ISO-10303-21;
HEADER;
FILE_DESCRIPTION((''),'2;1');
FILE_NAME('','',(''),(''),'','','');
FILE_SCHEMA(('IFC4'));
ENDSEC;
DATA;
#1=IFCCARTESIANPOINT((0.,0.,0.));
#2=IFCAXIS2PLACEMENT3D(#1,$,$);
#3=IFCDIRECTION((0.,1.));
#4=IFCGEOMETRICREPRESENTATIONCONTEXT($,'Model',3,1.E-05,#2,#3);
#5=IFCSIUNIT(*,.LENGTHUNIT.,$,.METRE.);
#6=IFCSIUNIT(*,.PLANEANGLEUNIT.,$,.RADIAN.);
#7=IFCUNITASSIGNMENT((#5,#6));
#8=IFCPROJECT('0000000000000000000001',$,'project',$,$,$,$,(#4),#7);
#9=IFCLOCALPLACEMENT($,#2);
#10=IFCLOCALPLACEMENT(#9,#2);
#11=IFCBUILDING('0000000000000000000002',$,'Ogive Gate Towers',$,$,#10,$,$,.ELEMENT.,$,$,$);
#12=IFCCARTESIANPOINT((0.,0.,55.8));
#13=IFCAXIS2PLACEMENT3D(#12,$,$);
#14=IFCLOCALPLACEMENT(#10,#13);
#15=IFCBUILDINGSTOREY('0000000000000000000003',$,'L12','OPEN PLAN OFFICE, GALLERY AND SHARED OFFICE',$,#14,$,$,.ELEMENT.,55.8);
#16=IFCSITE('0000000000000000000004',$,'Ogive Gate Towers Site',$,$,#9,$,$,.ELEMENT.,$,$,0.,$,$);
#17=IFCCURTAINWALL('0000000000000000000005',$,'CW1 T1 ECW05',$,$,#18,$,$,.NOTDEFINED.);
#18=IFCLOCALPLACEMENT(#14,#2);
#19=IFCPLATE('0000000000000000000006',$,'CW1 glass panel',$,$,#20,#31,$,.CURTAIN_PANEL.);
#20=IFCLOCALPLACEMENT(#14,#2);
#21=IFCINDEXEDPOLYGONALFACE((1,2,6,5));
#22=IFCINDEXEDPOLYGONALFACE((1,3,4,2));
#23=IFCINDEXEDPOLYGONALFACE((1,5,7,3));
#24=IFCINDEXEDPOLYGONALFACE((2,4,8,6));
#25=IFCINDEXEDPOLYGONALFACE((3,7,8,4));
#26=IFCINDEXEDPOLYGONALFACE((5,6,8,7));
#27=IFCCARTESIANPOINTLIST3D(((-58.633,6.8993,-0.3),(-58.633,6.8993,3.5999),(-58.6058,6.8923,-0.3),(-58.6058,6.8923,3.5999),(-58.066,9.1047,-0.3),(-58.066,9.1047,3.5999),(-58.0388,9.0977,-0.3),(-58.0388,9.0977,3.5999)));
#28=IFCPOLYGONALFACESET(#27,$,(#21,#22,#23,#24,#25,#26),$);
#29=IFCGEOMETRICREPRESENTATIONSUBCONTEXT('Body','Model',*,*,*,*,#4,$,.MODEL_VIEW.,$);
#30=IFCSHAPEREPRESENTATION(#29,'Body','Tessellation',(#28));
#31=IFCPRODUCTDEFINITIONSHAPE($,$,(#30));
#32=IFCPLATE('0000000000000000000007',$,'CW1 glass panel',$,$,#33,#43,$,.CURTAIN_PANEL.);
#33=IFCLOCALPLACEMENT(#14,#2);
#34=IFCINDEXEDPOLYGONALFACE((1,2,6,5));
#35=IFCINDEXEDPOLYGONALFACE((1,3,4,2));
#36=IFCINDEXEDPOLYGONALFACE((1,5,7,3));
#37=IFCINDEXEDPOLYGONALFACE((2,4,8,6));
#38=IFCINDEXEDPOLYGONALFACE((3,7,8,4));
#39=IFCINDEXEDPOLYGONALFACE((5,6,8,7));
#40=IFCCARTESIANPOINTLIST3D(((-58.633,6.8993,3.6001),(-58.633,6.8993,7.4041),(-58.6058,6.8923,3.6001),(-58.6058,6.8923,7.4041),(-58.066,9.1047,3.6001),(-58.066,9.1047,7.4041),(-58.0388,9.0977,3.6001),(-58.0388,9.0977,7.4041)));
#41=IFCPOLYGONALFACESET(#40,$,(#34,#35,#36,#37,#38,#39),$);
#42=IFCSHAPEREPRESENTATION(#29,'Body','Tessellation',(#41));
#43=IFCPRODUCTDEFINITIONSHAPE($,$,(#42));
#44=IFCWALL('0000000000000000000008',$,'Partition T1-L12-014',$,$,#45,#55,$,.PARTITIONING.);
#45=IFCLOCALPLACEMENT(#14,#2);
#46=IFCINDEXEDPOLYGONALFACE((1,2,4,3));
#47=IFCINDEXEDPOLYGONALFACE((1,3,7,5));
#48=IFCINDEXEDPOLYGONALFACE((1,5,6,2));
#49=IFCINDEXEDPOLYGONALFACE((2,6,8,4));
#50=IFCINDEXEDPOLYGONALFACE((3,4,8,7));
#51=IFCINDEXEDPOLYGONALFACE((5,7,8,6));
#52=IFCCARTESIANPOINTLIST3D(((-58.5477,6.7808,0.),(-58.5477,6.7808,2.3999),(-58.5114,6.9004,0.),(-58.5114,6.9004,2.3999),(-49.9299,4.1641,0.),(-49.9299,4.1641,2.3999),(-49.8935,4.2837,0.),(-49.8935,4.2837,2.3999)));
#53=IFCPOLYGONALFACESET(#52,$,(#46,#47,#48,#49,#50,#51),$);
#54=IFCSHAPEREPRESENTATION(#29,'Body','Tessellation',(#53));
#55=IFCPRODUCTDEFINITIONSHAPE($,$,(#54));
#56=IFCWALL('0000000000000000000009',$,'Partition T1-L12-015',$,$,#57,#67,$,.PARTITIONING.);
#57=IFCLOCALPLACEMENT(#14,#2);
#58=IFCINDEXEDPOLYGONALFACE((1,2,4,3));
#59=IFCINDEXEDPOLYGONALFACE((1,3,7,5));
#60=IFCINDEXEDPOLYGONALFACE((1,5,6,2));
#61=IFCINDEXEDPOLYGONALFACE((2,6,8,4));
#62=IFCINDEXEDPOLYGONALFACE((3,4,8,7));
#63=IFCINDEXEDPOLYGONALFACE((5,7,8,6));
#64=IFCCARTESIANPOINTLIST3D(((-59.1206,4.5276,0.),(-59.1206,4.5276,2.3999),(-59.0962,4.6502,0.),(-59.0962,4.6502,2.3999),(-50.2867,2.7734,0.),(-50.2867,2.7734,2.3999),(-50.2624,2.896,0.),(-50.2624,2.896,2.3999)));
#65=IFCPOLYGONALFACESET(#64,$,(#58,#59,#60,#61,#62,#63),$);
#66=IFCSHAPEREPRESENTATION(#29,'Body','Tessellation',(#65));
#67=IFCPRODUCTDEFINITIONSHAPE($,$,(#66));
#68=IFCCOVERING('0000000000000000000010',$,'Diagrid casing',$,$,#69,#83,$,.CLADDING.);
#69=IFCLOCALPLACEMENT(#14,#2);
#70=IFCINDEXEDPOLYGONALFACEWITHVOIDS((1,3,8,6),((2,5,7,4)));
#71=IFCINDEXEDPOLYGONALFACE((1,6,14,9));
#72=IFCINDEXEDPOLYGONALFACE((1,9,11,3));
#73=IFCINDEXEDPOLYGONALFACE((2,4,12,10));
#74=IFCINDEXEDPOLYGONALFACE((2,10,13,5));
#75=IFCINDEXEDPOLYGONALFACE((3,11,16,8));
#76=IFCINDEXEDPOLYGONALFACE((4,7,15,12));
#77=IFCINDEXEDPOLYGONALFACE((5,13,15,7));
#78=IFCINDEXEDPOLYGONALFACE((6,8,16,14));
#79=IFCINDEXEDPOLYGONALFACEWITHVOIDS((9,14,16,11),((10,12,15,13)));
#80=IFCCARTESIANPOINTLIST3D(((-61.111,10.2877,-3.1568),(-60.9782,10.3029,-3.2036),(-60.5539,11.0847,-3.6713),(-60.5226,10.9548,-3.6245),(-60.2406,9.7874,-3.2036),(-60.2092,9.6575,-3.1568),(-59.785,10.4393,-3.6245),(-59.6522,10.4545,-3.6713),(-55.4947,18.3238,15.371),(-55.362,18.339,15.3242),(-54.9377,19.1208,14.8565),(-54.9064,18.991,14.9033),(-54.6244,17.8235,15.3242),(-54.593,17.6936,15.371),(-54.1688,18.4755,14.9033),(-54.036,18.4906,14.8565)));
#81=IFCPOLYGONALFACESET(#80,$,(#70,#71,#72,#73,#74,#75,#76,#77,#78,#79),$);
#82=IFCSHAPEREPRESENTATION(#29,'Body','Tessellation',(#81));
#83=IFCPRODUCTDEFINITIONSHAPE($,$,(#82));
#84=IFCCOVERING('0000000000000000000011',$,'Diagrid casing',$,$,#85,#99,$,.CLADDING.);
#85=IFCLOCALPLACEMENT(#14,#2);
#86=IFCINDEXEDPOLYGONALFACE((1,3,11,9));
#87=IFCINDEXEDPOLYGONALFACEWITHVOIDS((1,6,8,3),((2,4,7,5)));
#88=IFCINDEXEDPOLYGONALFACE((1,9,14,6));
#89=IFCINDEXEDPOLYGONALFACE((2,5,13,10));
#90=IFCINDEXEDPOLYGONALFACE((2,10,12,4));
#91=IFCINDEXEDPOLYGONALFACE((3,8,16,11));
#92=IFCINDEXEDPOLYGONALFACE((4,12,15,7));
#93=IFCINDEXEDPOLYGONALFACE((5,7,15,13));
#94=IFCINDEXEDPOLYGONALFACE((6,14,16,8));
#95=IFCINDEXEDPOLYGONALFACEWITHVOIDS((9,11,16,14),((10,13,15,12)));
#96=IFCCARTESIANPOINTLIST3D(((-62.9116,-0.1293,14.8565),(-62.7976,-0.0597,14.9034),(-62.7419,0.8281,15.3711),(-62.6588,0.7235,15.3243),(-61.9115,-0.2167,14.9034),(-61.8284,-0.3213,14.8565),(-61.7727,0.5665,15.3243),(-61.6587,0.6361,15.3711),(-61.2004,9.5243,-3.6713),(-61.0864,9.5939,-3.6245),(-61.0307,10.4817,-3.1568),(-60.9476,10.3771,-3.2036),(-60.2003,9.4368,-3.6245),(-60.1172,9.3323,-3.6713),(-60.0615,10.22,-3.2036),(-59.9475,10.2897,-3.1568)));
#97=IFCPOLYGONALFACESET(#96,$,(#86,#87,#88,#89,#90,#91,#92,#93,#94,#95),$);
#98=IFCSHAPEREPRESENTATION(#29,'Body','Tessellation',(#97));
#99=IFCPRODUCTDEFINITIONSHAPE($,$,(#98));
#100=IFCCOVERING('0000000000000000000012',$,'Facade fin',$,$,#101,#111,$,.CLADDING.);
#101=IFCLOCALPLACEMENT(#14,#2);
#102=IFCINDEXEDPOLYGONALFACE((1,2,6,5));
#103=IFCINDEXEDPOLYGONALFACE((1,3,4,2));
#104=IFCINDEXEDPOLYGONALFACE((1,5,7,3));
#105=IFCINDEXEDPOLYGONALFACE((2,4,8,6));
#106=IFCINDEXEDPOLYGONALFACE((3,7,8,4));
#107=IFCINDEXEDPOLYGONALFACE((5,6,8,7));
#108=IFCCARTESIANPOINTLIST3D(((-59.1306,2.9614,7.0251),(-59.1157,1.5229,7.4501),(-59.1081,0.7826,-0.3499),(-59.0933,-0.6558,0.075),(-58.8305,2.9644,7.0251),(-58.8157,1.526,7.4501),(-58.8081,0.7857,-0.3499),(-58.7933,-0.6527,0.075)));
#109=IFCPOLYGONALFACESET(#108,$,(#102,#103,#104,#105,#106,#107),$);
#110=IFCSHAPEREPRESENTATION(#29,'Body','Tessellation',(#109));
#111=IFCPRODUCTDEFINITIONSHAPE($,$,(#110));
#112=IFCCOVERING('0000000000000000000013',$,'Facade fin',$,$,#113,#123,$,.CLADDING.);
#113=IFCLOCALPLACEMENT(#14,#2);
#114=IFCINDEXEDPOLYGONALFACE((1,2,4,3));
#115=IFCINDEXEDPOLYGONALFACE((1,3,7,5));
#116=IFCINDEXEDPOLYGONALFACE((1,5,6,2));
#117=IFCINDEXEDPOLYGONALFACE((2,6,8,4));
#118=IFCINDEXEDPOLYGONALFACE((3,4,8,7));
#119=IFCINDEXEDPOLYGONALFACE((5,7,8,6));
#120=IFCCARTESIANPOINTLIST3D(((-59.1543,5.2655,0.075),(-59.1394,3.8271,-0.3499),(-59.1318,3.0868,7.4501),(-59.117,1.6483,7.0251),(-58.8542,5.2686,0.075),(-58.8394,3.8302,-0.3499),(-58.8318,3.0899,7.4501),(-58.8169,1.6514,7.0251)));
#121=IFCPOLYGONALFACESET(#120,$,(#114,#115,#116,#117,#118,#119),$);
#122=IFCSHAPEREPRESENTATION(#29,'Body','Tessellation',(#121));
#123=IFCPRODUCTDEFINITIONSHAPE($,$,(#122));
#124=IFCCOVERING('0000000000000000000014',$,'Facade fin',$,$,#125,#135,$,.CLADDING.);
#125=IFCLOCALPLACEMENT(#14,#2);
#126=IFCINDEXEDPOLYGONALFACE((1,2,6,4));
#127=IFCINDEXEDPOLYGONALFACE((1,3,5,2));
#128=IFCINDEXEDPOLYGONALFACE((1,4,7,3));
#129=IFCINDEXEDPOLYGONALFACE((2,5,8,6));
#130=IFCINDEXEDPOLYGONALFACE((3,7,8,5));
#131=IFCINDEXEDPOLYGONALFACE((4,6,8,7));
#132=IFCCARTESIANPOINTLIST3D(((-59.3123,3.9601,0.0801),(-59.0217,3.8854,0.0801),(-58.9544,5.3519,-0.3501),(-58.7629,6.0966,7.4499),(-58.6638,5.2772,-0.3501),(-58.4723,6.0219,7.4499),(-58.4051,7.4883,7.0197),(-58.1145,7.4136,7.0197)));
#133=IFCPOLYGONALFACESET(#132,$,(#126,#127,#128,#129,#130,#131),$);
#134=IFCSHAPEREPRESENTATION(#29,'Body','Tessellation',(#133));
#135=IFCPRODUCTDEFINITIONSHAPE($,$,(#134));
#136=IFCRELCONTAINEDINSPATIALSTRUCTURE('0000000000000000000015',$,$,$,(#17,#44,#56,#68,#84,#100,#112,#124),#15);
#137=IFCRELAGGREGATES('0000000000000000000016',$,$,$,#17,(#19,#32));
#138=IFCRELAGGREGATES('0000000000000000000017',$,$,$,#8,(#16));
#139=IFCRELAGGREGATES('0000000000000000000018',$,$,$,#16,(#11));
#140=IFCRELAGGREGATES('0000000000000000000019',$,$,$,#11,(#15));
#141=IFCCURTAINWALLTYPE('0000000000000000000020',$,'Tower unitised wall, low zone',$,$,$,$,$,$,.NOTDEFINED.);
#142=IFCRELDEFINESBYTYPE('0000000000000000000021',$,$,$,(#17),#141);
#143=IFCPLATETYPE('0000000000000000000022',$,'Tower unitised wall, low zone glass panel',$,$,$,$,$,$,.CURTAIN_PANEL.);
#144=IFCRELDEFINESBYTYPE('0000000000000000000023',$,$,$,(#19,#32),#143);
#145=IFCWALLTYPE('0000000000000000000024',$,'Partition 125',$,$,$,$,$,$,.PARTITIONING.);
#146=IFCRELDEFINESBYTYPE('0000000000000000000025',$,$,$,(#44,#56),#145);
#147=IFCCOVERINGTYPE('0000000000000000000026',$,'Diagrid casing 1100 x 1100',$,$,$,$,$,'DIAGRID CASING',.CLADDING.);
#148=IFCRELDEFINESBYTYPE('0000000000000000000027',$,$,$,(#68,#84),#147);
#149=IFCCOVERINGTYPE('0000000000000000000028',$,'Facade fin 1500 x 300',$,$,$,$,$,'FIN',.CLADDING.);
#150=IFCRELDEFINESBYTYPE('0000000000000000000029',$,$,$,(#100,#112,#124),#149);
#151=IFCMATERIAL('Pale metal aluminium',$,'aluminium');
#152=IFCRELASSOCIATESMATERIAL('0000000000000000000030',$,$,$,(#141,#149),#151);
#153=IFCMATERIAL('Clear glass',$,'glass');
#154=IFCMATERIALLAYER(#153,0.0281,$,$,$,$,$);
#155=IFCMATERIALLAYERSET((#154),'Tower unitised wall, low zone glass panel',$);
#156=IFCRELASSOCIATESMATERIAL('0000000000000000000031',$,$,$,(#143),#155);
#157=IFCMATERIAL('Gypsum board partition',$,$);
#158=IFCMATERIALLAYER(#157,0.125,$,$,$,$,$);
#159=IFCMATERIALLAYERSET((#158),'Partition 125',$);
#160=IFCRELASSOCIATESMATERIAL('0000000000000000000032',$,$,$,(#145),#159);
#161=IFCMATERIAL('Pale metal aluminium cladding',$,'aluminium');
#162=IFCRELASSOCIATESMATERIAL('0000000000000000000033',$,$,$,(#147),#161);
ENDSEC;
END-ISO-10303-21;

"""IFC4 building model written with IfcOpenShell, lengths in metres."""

from ifc_helpers import new_model, si_unit, direction, frame, frame_2d, origin, origin_2d, place, context, subcontext, project, spatial, rectangle, hollow_rectangle, extrude, material, layer, layer_set, material_profile, profile_set, type_object, element, aggregate, save


model = new_model("IFC4")

# Units and contexts
model_context = context("Model", 3, precision=1e-05, world=origin(), true_north=direction((0.0, 1.0)))
body_context = subcontext(model_context, "Body", "Model", "MODEL_VIEW")
ifc_project = project(units=[si_unit("LENGTHUNIT", "METRE"), si_unit("PLANEANGLEUNIT", "RADIAN")], contexts=[model_context])

# Site, building, storey
site_placement = place(None, origin())
site = spatial("IfcSite", under=ifc_project, at=site_placement, Name="Ogive Gate Towers Site", CompositionType="ELEMENT", RefElevation=0.0)
building_placement = place(site_placement, origin())
building = spatial("IfcBuilding", under=site, at=building_placement, Name="Ogive Gate Towers", CompositionType="ELEMENT")
storey_placement = place(building_placement, frame((0.0, 0.0, 55.8)))
storey = spatial("IfcBuildingStorey", under=building, at=storey_placement, Name="L12", Description="OPEN PLAN OFFICE, GALLERY AND SHARED OFFICE", CompositionType="ELEMENT", Elevation=55.8)

# Curtain wall, plates
ifc_material_1 = material(Name="Pale metal aluminium", Category="aluminium")
curtain_wall_type = type_object("IfcCurtainWallType", Name="Tower unitised wall, low zone", PredefinedType="NOTDEFINED", material=ifc_material_1)
curtain_wall_placement = place(storey_placement, origin())
curtain_wall = element("IfcCurtainWall", 1, at=curtain_wall_placement, inside=storey, type_object=curtain_wall_type, Name="CW1 T1 ECW05", PredefinedType="NOTDEFINED")
ifc_material_2 = material(Name="Clear glass", Category="glass")
ifc_layer_1 = layer(ifc_material_2, 0.0281)
ifc_layer_set_1 = layer_set([ifc_layer_1], Name="Tower unitised wall, low zone glass panel")
plate_type = type_object("IfcPlateType", Name="Tower unitised wall, low zone glass panel", PredefinedType="CURTAIN_PANEL", material=ifc_layer_set_1)
plate_1_placement = place(storey_placement, frame((-58.3359, 7.9985, -0.3), z_axis=(0.0, 0.0, 1.0), x_axis=(0.248994, 0.968505, 0.0)))
plate_1 = element("IfcPlate", 2, at=plate_1_placement, type_object=plate_type, Name="CW1 glass panel", PredefinedType="CURTAIN_PANEL", context=body_context, shape_type="SweptSolid", body=[
    extrude(rectangle(XDim=2.2771, YDim=0.0281, at=origin_2d()), origin(), (0.0, 0.0, 1.0), 3.8999),
])
plate_2_placement = place(storey_placement, frame((-58.3359, 7.9985, 3.6001), z_axis=(0.0, 0.0, 1.0), x_axis=(0.248994, 0.968505, 0.0)))
plate_2 = element("IfcPlate", 3, at=plate_2_placement, type_object=plate_type, Name="CW1 glass panel", PredefinedType="CURTAIN_PANEL", context=body_context, shape_type="SweptSolid", body=[
    extrude(rectangle(XDim=2.2771, YDim=0.0281, at=origin_2d()), origin(), (0.0, 0.0, 1.0), 3.804),
])
aggregate(curtain_wall, [plate_1, plate_2])

# Walls
ifc_material_3 = material(Name="Gypsum board partition")
ifc_layer_2 = layer(ifc_material_3, 0.125)
ifc_layer_set_2 = layer_set([ifc_layer_2], Name="Partition 125")
wall_type = type_object("IfcWallType", Name="Partition 125", PredefinedType="PARTITIONING", material=ifc_layer_set_2)
for number, where, z_axis, x_axis, name in (
    (4, (-58.5295, 6.8406, 0.0), (0.0, 0.0, 1.0), (0.956864, -0.290537, 0.0), "Partition T1-L12-014"),
    (5, (-59.1084, 4.5889, 0.0), (0.0, 0.0, 1.0), (0.98085, -0.194766, 0.0), "Partition T1-L12-015"),
):
    element("IfcWall", number, at=place(storey_placement, frame(where, z_axis=z_axis, x_axis=x_axis)), inside=storey, type_object=wall_type, Name=name, PredefinedType="PARTITIONING", context=body_context, shape_type="SweptSolid", body=[
        extrude(rectangle(XDim=9.0063, YDim=0.125, at=frame_2d((4.5032, 0.0))), origin(), (0.0, 0.0, 1.0), 2.3999),
    ])

# Coverings
ifc_material_4 = material(Name="Pale metal aluminium cladding", Category="aluminium")
ifc_material_profile_1 = material_profile(ifc_material_4, hollow_rectangle(XDim=1.1001, YDim=1.1001, WallThickness=0.1001, at=origin_2d()), Name="1100 x 1100 pale metal casing")
ifc_profile_set_1 = profile_set([ifc_material_profile_1], Name="Pale metal aluminium cladding")
covering_type_1 = type_object("IfcCoveringType", Name="Diagrid casing 1100 x 1100", ElementType="DIAGRID CASING", PredefinedType="CLADDING", material=ifc_profile_set_1)
for number, where, z_axis, x_axis, name in (
    (6, (-60.3816, 10.3711, -3.4141), (0.267925, 0.383368, 0.883881), (-0.819667, 0.57284, 0.0), "Diagrid casing"),
    (7, (-60.574, 9.907, -3.4141), (-0.081633, -0.46053, 0.883883), (0.98465, -0.174538, 0.0), "Diagrid casing"),
):
    element("IfcCovering", number, at=place(storey_placement, frame(where, z_axis=z_axis, x_axis=x_axis)), inside=storey, type_object=covering_type_1, Name=name, PredefinedType="CLADDING", context=body_context, shape_type="SweptSolid", body=[
        extrude(hollow_rectangle(XDim=1.1001, YDim=1.1001, WallThickness=0.1001, at=origin_2d()), origin(), (0.0, 0.0, 1.0), 20.9619),
    ])
ifc_material_profile_2 = material_profile(ifc_material_1, rectangle(XDim=0.3, YDim=1.5, at=origin_2d()), Name="1500 x 300 pale metal aluminium")
ifc_profile_set_2 = profile_set([ifc_material_profile_2], Name="Pale metal aluminium")
covering_type_2 = type_object("IfcCoveringType", Name="Facade fin 1500 x 300", ElementType="FIN", PredefinedType="CLADDING", material=ifc_profile_set_2)
for number, where, z_axis, x_axis, name in (
    (8, (-58.9507, 0.0649, -0.1375), (-0.002921, 0.283313, 0.959023), (-0.999947, -0.010309, 0.0), "Facade fin"),
    (9, (-58.9968, 4.5479, -0.1375), (0.002921, -0.283313, 0.959023), (0.999947, 0.010309, 0.0), "Facade fin"),
):
    element("IfcCovering", number, at=place(storey_placement, frame(where, z_axis=z_axis, x_axis=x_axis)), inside=storey, type_object=covering_type_2, Name=name, PredefinedType="CLADDING", context=body_context, shape_type="SweptSolid", body=[
        extrude(rectangle(XDim=0.3, YDim=1.5, at=origin_2d()), origin(), (0.0, 0.0, 1.0), 7.6902),
    ])
covering_placement = place(storey_placement, frame((-58.988, 4.6187, -0.135), z_axis=(0.071405, 0.277719, 0.958005), x_axis=(-0.9685, 0.249014, 0.0)))
element("IfcCovering", 10, at=covering_placement, inside=storey, type_object=covering_type_2, Name="Facade fin", PredefinedType="CLADDING", context=body_context, shape_type="SweptSolid", body=[
    extrude(rectangle(XDim=0.3, YDim=1.5, at=origin_2d()), origin(), (0.0, 0.0, 1.0), 7.6929),
])

save(model, "model.ifc")
